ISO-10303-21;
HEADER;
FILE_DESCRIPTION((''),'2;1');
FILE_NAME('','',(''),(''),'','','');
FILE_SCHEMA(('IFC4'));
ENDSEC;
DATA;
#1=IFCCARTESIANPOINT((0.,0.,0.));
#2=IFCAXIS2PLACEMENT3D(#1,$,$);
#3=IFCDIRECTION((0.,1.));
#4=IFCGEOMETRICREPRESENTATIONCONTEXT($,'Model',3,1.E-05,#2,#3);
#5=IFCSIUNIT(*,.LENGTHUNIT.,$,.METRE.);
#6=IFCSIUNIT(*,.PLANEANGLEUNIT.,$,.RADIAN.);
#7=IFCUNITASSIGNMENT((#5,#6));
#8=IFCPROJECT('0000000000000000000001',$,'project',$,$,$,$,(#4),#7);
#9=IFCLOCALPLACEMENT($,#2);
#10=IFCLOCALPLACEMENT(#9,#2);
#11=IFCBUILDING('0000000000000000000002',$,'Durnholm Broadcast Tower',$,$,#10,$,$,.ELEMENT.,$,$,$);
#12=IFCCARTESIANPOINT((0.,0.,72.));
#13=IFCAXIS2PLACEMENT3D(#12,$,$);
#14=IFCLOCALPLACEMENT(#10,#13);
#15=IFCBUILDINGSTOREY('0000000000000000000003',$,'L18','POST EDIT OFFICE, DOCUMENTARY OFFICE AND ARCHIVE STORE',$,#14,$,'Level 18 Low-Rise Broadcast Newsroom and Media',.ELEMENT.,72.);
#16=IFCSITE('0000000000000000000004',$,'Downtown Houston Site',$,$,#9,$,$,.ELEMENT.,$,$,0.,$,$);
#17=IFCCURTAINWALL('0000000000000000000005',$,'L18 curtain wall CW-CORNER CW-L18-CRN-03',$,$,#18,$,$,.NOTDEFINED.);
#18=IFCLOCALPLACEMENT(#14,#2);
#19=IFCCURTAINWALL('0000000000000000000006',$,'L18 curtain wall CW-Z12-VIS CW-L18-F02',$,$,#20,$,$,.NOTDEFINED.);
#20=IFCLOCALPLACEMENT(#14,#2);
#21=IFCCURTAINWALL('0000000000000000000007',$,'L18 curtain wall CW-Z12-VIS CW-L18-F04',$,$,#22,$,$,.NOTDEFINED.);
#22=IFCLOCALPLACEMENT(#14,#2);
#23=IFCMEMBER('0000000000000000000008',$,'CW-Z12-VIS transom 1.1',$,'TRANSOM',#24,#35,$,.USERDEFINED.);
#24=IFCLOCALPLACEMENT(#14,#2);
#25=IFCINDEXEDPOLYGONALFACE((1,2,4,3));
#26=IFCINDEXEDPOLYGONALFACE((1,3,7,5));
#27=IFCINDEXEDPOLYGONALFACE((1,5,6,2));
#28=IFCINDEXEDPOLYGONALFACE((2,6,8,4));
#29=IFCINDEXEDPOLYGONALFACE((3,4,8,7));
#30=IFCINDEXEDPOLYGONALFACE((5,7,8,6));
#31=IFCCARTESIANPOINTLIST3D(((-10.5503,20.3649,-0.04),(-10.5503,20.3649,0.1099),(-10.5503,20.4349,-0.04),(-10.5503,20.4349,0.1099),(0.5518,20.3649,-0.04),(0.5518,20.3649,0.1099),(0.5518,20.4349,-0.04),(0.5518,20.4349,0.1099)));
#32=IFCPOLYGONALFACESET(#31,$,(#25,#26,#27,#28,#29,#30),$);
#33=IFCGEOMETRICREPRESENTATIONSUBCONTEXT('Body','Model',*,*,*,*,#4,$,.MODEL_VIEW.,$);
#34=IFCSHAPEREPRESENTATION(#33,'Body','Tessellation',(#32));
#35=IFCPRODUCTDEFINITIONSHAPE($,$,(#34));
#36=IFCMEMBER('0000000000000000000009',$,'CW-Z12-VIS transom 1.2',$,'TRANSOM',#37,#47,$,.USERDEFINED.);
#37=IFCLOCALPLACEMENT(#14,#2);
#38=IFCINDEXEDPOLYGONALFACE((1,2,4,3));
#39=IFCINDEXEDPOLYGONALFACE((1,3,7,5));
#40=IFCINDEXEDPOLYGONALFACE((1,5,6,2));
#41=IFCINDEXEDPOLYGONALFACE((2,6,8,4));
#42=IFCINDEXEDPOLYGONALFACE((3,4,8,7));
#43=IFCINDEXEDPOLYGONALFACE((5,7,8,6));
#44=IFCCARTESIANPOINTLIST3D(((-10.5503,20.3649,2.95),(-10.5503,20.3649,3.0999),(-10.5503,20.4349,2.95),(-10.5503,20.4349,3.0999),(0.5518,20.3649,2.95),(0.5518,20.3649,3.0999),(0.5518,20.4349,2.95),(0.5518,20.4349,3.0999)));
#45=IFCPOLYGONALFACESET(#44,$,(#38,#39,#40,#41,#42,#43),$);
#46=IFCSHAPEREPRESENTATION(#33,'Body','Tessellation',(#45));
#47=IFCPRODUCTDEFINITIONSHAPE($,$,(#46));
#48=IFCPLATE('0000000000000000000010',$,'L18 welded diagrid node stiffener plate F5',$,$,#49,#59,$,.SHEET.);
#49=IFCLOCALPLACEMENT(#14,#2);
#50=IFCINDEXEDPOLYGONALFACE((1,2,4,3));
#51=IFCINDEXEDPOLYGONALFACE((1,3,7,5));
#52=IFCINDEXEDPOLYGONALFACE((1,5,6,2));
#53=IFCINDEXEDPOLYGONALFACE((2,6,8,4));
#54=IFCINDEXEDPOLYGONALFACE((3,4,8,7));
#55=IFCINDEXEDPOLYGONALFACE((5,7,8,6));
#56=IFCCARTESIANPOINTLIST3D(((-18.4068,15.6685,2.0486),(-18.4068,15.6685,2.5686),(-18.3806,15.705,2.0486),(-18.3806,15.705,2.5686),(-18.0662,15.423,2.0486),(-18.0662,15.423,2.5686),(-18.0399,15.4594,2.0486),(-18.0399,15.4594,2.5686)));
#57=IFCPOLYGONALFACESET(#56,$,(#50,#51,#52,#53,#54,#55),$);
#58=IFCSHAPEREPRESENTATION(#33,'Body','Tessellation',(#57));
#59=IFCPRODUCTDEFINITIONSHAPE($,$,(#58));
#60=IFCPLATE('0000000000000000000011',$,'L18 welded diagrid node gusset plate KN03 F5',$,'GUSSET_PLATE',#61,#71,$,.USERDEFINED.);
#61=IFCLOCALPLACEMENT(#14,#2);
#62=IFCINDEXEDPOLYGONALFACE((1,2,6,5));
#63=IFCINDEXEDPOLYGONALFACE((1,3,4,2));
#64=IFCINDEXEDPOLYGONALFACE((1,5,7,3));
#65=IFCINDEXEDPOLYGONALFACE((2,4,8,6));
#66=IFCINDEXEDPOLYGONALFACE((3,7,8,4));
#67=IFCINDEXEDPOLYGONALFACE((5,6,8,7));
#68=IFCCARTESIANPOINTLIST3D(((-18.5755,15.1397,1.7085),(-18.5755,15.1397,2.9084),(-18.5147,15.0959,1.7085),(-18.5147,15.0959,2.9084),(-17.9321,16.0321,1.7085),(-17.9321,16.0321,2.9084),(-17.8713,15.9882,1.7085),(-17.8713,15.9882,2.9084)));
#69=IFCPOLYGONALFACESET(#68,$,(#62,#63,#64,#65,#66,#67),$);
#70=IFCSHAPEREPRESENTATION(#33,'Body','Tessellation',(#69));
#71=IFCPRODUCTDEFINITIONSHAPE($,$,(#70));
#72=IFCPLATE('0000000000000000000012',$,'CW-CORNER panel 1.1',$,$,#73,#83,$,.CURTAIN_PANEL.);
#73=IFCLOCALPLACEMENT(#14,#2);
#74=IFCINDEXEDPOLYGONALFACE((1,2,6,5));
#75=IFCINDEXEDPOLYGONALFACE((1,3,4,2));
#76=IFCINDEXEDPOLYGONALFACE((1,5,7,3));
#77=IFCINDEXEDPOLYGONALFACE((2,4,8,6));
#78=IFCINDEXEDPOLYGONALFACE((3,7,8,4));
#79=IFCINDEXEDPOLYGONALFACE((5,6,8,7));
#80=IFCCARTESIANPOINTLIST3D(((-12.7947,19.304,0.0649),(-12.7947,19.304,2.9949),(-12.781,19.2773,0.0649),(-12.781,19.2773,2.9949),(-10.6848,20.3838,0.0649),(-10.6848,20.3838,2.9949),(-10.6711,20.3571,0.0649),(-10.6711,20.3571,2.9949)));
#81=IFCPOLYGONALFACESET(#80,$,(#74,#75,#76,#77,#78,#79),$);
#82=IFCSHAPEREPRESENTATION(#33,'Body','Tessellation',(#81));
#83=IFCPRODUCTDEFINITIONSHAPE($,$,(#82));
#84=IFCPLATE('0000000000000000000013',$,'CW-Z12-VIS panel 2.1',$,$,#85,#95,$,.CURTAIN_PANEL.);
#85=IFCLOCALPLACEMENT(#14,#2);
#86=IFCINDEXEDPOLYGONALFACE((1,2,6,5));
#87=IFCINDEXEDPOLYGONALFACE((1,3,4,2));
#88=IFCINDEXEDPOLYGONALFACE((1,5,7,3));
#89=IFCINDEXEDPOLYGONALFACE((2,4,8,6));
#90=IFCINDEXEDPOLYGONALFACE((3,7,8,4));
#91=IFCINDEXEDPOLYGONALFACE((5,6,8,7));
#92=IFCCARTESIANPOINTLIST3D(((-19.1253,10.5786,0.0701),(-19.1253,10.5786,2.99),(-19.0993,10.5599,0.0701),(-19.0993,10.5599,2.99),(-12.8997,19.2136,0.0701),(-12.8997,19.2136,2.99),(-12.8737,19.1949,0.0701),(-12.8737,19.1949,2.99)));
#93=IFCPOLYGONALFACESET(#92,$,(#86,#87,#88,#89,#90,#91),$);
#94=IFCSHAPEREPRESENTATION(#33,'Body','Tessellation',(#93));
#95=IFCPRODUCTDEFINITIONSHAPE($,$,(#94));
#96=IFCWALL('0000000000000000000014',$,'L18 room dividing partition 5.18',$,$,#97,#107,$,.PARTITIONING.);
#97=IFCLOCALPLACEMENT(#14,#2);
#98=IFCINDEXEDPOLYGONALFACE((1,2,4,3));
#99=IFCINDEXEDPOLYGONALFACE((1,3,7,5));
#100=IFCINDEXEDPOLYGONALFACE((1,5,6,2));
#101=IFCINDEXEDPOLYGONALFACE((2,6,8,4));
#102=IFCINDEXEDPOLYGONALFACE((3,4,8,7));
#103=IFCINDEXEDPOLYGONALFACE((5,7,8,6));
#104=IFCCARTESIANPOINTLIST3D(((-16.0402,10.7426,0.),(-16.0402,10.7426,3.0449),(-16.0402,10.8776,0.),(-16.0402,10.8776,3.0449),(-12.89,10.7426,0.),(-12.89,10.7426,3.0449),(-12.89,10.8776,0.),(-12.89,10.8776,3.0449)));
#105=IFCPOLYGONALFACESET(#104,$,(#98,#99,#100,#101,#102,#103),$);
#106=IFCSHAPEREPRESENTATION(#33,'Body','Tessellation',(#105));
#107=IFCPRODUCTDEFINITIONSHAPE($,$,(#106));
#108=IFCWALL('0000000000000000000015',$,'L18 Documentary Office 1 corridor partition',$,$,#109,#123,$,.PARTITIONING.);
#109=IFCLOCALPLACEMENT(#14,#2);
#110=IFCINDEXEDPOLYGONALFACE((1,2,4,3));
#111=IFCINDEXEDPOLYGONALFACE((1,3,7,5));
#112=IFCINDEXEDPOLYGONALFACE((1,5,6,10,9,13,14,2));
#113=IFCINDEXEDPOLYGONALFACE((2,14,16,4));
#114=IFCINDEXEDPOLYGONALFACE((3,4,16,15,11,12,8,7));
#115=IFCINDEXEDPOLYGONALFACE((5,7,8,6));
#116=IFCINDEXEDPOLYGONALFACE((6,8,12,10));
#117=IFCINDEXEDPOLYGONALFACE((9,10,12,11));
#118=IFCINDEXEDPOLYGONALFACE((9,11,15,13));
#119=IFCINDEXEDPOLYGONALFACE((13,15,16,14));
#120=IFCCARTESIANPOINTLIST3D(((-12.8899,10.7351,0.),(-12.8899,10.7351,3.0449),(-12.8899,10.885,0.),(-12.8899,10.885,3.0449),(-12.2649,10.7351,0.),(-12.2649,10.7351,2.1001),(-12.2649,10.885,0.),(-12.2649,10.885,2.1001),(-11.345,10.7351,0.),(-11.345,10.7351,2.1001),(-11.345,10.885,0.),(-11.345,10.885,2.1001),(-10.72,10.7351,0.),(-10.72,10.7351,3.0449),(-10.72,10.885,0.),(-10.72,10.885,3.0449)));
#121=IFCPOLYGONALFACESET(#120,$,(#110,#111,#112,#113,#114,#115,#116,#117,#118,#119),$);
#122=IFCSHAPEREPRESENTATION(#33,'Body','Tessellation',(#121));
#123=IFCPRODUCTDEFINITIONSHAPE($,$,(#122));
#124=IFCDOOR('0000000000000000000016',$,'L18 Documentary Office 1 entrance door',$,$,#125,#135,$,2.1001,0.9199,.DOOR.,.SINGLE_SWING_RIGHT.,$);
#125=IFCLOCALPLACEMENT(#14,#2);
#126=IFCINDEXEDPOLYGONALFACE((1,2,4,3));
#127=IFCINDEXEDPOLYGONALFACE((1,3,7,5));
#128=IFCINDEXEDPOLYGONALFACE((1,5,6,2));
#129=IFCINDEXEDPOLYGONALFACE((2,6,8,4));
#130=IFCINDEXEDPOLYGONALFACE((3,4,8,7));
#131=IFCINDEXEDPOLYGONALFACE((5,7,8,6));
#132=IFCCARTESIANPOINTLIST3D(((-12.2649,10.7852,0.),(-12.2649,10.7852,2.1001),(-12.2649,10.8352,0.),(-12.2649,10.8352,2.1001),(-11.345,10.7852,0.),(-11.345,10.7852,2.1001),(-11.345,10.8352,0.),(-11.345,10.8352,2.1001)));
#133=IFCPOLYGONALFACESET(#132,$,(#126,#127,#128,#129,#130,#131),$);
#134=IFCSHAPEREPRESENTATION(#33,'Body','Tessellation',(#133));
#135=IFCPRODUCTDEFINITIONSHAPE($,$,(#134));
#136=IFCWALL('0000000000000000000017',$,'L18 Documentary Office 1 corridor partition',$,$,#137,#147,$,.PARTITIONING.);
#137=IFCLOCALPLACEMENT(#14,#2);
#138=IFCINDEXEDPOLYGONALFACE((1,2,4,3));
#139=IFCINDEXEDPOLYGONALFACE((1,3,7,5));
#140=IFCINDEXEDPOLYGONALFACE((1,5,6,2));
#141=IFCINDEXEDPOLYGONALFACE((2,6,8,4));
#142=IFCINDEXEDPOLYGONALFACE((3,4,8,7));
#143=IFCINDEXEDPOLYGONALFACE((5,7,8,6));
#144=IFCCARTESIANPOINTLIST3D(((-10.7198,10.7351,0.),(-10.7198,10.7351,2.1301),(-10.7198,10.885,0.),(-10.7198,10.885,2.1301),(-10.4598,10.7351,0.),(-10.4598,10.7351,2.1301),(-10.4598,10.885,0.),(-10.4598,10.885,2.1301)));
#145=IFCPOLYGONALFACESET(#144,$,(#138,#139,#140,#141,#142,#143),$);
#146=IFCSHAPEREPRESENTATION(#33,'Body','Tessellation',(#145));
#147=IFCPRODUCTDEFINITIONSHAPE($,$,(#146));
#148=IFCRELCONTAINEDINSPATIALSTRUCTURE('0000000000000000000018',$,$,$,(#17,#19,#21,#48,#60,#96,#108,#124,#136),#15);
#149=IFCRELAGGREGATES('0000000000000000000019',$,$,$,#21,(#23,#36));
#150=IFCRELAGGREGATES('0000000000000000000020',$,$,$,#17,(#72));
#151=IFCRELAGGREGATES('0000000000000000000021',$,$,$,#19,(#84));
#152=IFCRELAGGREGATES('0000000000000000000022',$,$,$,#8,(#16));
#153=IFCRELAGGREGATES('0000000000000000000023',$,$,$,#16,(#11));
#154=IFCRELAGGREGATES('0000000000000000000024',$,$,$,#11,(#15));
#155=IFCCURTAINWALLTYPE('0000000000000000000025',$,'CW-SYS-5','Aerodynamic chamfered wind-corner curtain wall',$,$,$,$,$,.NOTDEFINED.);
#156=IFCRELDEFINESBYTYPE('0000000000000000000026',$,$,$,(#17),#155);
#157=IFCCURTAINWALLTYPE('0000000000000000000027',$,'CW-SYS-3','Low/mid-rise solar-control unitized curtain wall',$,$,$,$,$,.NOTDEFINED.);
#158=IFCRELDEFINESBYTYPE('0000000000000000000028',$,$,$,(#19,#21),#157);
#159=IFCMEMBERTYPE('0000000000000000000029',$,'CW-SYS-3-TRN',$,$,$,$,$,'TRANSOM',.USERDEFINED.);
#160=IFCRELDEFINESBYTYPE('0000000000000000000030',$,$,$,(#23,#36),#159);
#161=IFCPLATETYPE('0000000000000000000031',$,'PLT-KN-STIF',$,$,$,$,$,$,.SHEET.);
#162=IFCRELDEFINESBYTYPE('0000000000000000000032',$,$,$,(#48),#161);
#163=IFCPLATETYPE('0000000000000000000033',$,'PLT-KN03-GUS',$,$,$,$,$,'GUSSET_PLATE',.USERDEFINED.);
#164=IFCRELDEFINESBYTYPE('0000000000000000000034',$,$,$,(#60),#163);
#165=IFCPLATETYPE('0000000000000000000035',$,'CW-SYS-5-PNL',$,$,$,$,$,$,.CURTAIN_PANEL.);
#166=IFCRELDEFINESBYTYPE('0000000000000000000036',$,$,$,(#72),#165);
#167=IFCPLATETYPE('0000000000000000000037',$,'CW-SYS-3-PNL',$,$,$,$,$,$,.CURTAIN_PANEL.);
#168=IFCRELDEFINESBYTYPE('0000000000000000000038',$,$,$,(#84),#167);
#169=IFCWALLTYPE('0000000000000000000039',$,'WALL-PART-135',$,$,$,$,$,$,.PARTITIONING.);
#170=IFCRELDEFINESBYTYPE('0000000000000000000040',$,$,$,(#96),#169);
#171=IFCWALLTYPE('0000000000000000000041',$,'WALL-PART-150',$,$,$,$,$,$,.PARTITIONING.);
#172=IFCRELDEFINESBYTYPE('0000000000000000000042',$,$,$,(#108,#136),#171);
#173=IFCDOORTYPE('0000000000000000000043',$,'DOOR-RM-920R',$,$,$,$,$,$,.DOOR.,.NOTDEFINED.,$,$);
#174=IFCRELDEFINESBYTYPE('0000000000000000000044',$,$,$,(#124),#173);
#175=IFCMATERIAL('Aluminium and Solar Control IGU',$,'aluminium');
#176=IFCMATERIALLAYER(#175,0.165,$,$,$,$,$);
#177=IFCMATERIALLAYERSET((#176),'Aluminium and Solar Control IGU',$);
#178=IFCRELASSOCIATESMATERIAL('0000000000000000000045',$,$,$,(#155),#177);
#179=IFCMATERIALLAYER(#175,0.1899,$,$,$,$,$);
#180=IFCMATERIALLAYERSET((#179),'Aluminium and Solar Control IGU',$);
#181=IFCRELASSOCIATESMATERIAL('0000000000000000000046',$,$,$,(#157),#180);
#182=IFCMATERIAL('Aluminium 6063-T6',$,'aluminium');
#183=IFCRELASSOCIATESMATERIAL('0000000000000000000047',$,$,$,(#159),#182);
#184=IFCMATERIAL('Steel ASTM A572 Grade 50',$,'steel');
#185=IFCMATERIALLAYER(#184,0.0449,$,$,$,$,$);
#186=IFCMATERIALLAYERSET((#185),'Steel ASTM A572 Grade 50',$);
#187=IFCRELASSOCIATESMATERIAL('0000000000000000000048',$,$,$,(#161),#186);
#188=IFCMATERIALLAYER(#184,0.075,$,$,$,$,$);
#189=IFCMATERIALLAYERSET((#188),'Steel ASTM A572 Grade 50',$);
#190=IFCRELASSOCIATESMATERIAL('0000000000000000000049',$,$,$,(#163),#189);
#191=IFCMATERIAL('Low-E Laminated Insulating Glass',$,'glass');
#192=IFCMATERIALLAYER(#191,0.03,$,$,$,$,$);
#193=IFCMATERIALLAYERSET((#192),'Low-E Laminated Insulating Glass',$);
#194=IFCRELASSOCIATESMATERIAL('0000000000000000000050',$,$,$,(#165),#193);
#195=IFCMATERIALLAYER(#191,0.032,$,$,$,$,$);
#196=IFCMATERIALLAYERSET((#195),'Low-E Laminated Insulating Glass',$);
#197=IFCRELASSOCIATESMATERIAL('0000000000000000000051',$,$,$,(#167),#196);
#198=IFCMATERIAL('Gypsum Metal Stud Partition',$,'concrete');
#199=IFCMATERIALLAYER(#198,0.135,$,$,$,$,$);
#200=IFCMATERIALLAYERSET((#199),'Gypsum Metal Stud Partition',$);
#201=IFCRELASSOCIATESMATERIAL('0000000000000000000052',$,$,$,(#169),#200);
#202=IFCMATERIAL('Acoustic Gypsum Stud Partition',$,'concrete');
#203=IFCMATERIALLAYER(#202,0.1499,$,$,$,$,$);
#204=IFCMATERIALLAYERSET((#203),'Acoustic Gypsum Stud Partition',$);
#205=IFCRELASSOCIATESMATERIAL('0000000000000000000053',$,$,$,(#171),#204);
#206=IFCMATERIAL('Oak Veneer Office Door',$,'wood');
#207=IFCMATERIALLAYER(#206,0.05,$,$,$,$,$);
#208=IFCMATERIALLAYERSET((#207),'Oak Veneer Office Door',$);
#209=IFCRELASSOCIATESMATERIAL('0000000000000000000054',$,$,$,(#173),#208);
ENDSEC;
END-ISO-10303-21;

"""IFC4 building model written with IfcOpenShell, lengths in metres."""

from ifc_helpers import new_model, si_unit, direction, frame, frame_2d, origin, origin_2d, place, context, subcontext, project, spatial, rectangle, extrude, source, transform, mapped, material, layer, layer_set, material_profile, profile_set, type_object, type_shapes, element, fill, aggregate, save


model = new_model("IFC4")

# Units and contexts
model_context = context("Model", 3, precision=1e-05, world=origin(), true_north=direction((0.0, 1.0)))
body_context = subcontext(model_context, "Body", "Model", "MODEL_VIEW")
ifc_project = project(units=[si_unit("LENGTHUNIT", "METRE"), si_unit("PLANEANGLEUNIT", "RADIAN")], contexts=[model_context])

# Site, building, storey
site_placement = place(None, origin())
site = spatial("IfcSite", under=ifc_project, at=site_placement, Name="Downtown Houston Site", CompositionType="ELEMENT", RefElevation=0.0)
building_placement = place(site_placement, origin())
building = spatial("IfcBuilding", under=site, at=building_placement, Name="Durnholm Broadcast Tower", CompositionType="ELEMENT")
storey_placement = place(building_placement, frame((0.0, 0.0, 72.0)))
storey = spatial("IfcBuildingStorey", under=building, at=storey_placement, Name="L18", Description="POST EDIT OFFICE, DOCUMENTARY OFFICE AND ARCHIVE STORE", LongName="Level 18 Low-Rise Broadcast Newsroom and Media", CompositionType="ELEMENT", Elevation=72.0)

# Curtain wall
ifc_material_1 = material(Name="Aluminium and Solar Control IGU", Category="aluminium")
ifc_layer_1 = layer(ifc_material_1, 0.165)
ifc_layer_set_1 = layer_set([ifc_layer_1], Name="Aluminium and Solar Control IGU")
curtain_wall_type_1 = type_object("IfcCurtainWallType", Name="CW-SYS-5", Description="Aerodynamic chamfered wind-corner curtain wall", PredefinedType="NOTDEFINED", material=ifc_layer_set_1)
curtain_wall_1_placement = place(storey_placement, origin())
curtain_wall_1 = element("IfcCurtainWall", 1, at=curtain_wall_1_placement, inside=storey, type_object=curtain_wall_type_1, Name="L18 curtain wall CW-CORNER CW-L18-CRN-03", PredefinedType="NOTDEFINED")
ifc_material_2 = material(Name="Aluminium 6063-T6", Category="aluminium")

# Curtain wall
ifc_layer_2 = layer(ifc_material_1, 0.1899)
ifc_layer_set_2 = layer_set([ifc_layer_2], Name="Aluminium and Solar Control IGU")
curtain_wall_type_2 = type_object("IfcCurtainWallType", Name="CW-SYS-3", Description="Low/mid-rise solar-control unitized curtain wall", PredefinedType="NOTDEFINED", material=ifc_layer_set_2)
curtain_wall_2_placement = place(storey_placement, origin())
curtain_wall_2 = element("IfcCurtainWall", 2, at=curtain_wall_2_placement, inside=storey, type_object=curtain_wall_type_2, Name="L18 curtain wall CW-Z12-VIS CW-L18-F02", PredefinedType="NOTDEFINED")

# Curtain wall, members
curtain_wall_3_placement = place(storey_placement, origin())
curtain_wall_3 = element("IfcCurtainWall", 3, at=curtain_wall_3_placement, inside=storey, type_object=curtain_wall_type_2, Name="L18 curtain wall CW-Z12-VIS CW-L18-F04", PredefinedType="NOTDEFINED")
ifc_material_profile_1 = material_profile(ifc_material_2, rectangle(XDim=0.0701, YDim=0.1499, at=origin_2d()), Name="CWT70X150")
ifc_profile_set_1 = profile_set([ifc_material_profile_1], Name="Aluminium 6063-T6")
member_type_1 = type_object("IfcMemberType", Name="CW-SYS-3-TRN", ElementType="TRANSOM", PredefinedType="USERDEFINED", material=ifc_profile_set_1)
shared_shape_1 = source(origin(), body_context, "Body", "SweptSolid", [
    extrude(rectangle(XDim=0.0701, YDim=0.1499, at=origin_2d()), origin(), (0.0, 0.0, 1.0), 11.1021),
])
type_shapes(member_type_1, [shared_shape_1])
member_1_placement = place(storey_placement, frame((-10.5503, 20.3999, 0.0349), z_axis=(1.0, 0.0, 0.0), x_axis=(0.0, 1.0, 0.0)))
member_1 = element("IfcMember", 4, at=member_1_placement, type_object=member_type_1, Name="CW-Z12-VIS transom 1.1", ObjectType="TRANSOM", PredefinedType="USERDEFINED", context=body_context, shape_type="MappedRepresentation", body=[
    mapped(shared_shape_1, transform((0.0, 0.0, 0.0), x_axis=(1.0, 0.0, 0.0), y_axis=(0.0, 1.0, 0.0), z_axis=(0.0, 0.0, 1.0), scale=1.0)),
])
member_2_placement = place(storey_placement, frame((-10.5503, 20.3999, 3.0249), z_axis=(1.0, 0.0, 0.0), x_axis=(0.0, 1.0, 0.0)))
member_2 = element("IfcMember", 5, at=member_2_placement, type_object=member_type_1, Name="CW-Z12-VIS transom 1.2", ObjectType="TRANSOM", PredefinedType="USERDEFINED", context=body_context, shape_type="MappedRepresentation", body=[
    mapped(shared_shape_1, transform((0.0, 0.0, 0.0), x_axis=(1.0, 0.0, 0.0), y_axis=(0.0, 1.0, 0.0), z_axis=(0.0, 0.0, 1.0), scale=1.0)),
])
aggregate(curtain_wall_3, [member_1, member_2])

# Plates
ifc_material_3 = material(Name="Steel ASTM A572 Grade 50", Category="steel")
ifc_layer_3 = layer(ifc_material_3, 0.0449)
ifc_layer_set_3 = layer_set([ifc_layer_3], Name="Steel ASTM A572 Grade 50")
plate_type_1 = type_object("IfcPlateType", Name="PLT-KN-STIF", PredefinedType="SHEET", material=ifc_layer_set_3)
shared_shape_2 = source(origin(), body_context, "Body", "SweptSolid", [
    extrude(rectangle(XDim=0.0449, YDim=0.4199, at=origin_2d()), origin(), (0.0, 0.0, 1.0), 0.52),
])
type_shapes(plate_type_1, [shared_shape_2])
plate_1_placement = place(storey_placement, frame((-18.2234, 15.564, 2.0486), z_axis=(0.0, 0.0, 1.0), x_axis=(-0.584816, -0.811166, 0.0)))
element("IfcPlate", 6, at=plate_1_placement, inside=storey, type_object=plate_type_1, Name="L18 welded diagrid node stiffener plate F5", PredefinedType="SHEET", context=body_context, shape_type="MappedRepresentation", body=[
    mapped(shared_shape_2, transform((0.0, 0.0, 0.0), x_axis=(1.0, 0.0, 0.0), y_axis=(0.0, 1.0, 0.0), z_axis=(0.0, 0.0, 1.0), scale=1.0)),
])
ifc_layer_4 = layer(ifc_material_3, 0.075)
ifc_layer_set_4 = layer_set([ifc_layer_4], Name="Steel ASTM A572 Grade 50")
plate_type_2 = type_object("IfcPlateType", Name="PLT-KN03-GUS", ElementType="GUSSET_PLATE", PredefinedType="USERDEFINED", material=ifc_layer_set_4)
shared_shape_3 = source(origin(), body_context, "Body", "SweptSolid", [
    extrude(rectangle(XDim=1.1001, YDim=0.075, at=origin_2d()), origin(), (0.0, 0.0, 1.0), 1.2),
])
type_shapes(plate_type_2, [shared_shape_3])
plate_2_placement = place(storey_placement, frame((-18.2234, 15.564, 1.7085), z_axis=(0.0, 0.0, 1.0), x_axis=(-0.584816, -0.811166, 0.0)))
element("IfcPlate", 7, at=plate_2_placement, inside=storey, type_object=plate_type_2, Name="L18 welded diagrid node gusset plate KN03 F5", ObjectType="GUSSET_PLATE", PredefinedType="USERDEFINED", context=body_context, shape_type="MappedRepresentation", body=[
    mapped(shared_shape_3, transform((0.0, 0.0, 0.0), x_axis=(1.0, 0.0, 0.0), y_axis=(0.0, 1.0, 0.0), z_axis=(0.0, 0.0, 1.0), scale=1.0)),
])

# Plates
ifc_material_4 = material(Name="Low-E Laminated Insulating Glass", Category="glass")
ifc_layer_5 = layer(ifc_material_4, 0.03)
ifc_layer_set_5 = layer_set([ifc_layer_5], Name="Low-E Laminated Insulating Glass")
plate_type_3 = type_object("IfcPlateType", Name="CW-SYS-5-PNL", PredefinedType="CURTAIN_PANEL", material=ifc_layer_set_5)
shared_shape_4 = source(origin(), body_context, "Body", "SweptSolid", [
    extrude(rectangle(XDim=2.3701, YDim=0.03, at=origin_2d()), origin(), (0.0, 0.0, 1.0), 2.9299),
])
type_shapes(plate_type_3, [shared_shape_4])
plate_3_placement = place(storey_placement, frame((-11.7329, 19.8306, 0.0649), z_axis=(0.0, 0.0, 1.0), x_axis=(0.890188, 0.455594, 0.0)))
plate_3 = element("IfcPlate", 8, at=plate_3_placement, type_object=plate_type_3, Name="CW-CORNER panel 1.1", PredefinedType="CURTAIN_PANEL", context=body_context, shape_type="MappedRepresentation", body=[
    mapped(shared_shape_4, transform((0.0, 0.0, 0.0), x_axis=(1.0, 0.0, 0.0), y_axis=(0.0, 1.0, 0.0), z_axis=(0.0, 0.0, 1.0), scale=1.0)),
])
aggregate(curtain_wall_1, [plate_3])
ifc_layer_6 = layer(ifc_material_4, 0.032)
ifc_layer_set_6 = layer_set([ifc_layer_6], Name="Low-E Laminated Insulating Glass")
plate_type_4 = type_object("IfcPlateType", Name="CW-SYS-3-PNL", PredefinedType="CURTAIN_PANEL", material=ifc_layer_set_6)
shared_shape_5 = source(origin(), body_context, "Body", "SweptSolid", [
    extrude(rectangle(XDim=10.6453, YDim=0.032, at=origin_2d()), origin(), (0.0, 0.0, 1.0), 2.9199),
])
type_shapes(plate_type_4, [shared_shape_5])
plate_4_placement = place(storey_placement, frame((-15.9995, 14.8867, 0.0701), z_axis=(0.0, 0.0, 1.0), x_axis=(0.584823, 0.811161, 0.0)))
plate_4 = element("IfcPlate", 9, at=plate_4_placement, type_object=plate_type_4, Name="CW-Z12-VIS panel 2.1", PredefinedType="CURTAIN_PANEL", context=body_context, shape_type="MappedRepresentation", body=[
    mapped(shared_shape_5, transform((0.0, 0.0, 0.0), x_axis=(1.0, 0.0, 0.0), y_axis=(0.0, 1.0, 0.0), z_axis=(0.0, 0.0, 1.0), scale=1.0)),
])
aggregate(curtain_wall_2, [plate_4])

# Wall
ifc_material_5 = material(Name="Gypsum Metal Stud Partition", Category="concrete")
ifc_layer_7 = layer(ifc_material_5, 0.135)
ifc_layer_set_7 = layer_set([ifc_layer_7], Name="Gypsum Metal Stud Partition")
wall_type_1 = type_object("IfcWallType", Name="WALL-PART-135", PredefinedType="PARTITIONING", material=ifc_layer_set_7)
wall_1_placement = place(storey_placement, frame((-12.8899, 10.8101, 0.0), z_axis=(0.0, 0.0, 1.0), x_axis=(-1.0, 0.0, 0.0)))
element("IfcWall", 10, at=wall_1_placement, inside=storey, type_object=wall_type_1, Name="L18 room dividing partition 5.18", PredefinedType="PARTITIONING", context=body_context, shape_type="SweptSolid", body=[
    extrude(rectangle(XDim=3.1501, YDim=0.135, at=frame_2d((1.5752, 0.0))), origin(), (0.0, 0.0, 1.0), 3.0449),
])

# Wall, opening, door
ifc_material_6 = material(Name="Acoustic Gypsum Stud Partition", Category="concrete")
ifc_layer_8 = layer(ifc_material_6, 0.1499)
ifc_layer_set_8 = layer_set([ifc_layer_8], Name="Acoustic Gypsum Stud Partition")
wall_type_2 = type_object("IfcWallType", Name="WALL-PART-150", PredefinedType="PARTITIONING", material=ifc_layer_set_8)
wall_2_placement = place(storey_placement, frame((-10.72, 10.8101, 0.0), z_axis=(0.0, 0.0, 1.0), x_axis=(-1.0, 0.0, 0.0)))
wall_2 = element("IfcWall", 11, at=wall_2_placement, inside=storey, type_object=wall_type_2, Name="L18 Documentary Office 1 corridor partition", PredefinedType="PARTITIONING", context=body_context, shape_type="SweptSolid", body=[
    extrude(rectangle(XDim=2.1699, YDim=0.1499, at=frame_2d((1.085, 0.0))), origin(), (0.0, 0.0, 1.0), 3.0449),
])
opening_placement = place(wall_2_placement, frame((0.625, 0.0, 0.0)))
opening = element("IfcOpeningElement", 12, at=opening_placement, cuts=wall_2, PredefinedType="OPENING", context=body_context, shape_type="SweptSolid", body=[
    extrude(rectangle(XDim=0.9199, YDim=2.1001, at=frame_2d((0.46, 1.05))), frame((0.0, 0.085, 0.0), z_axis=(0.0, -1.0, 0.0), x_axis=(1.0, 0.0, 0.0)), (0.0, 0.0, 1.0), 0.1699),
])
ifc_material_7 = material(Name="Oak Veneer Office Door", Category="wood")
ifc_layer_9 = layer(ifc_material_7, 0.05)
ifc_layer_set_9 = layer_set([ifc_layer_9], Name="Oak Veneer Office Door")
door_type = type_object("IfcDoorType", Name="DOOR-RM-920R", OperationType="NOTDEFINED", PredefinedType="DOOR", material=ifc_layer_set_9)
shared_shape_6 = source(origin(), body_context, "Body", "SweptSolid", [
    extrude(rectangle(XDim=0.9199, YDim=2.1001, at=frame_2d((0.46, 1.05))), frame((0.0, 0.0249, 0.0), z_axis=(0.0, -1.0, 0.0), x_axis=(1.0, 0.0, 0.0)), (0.0, 0.0, 1.0), 0.05),
])
type_shapes(door_type, [shared_shape_6])
door_placement = place(opening_placement, origin())
door = element("IfcDoor", 13, at=door_placement, inside=storey, type_object=door_type, Name="L18 Documentary Office 1 entrance door", OperationType="SINGLE_SWING_RIGHT", OverallHeight=2.1001, OverallWidth=0.9199, PredefinedType="DOOR", context=body_context, shape_type="MappedRepresentation", body=[
    mapped(shared_shape_6, transform((0.0, 0.0, 0.0), x_axis=(1.0, 0.0, 0.0), y_axis=(0.0, 1.0, 0.0), z_axis=(0.0, 0.0, 1.0), scale=1.0)),
])
fill(opening, door)

# Wall
wall_3_placement = place(storey_placement, frame((-10.46, 10.8101, 0.0), z_axis=(0.0, 0.0, 1.0), x_axis=(-1.0, 0.0, 0.0)))
element("IfcWall", 14, at=wall_3_placement, inside=storey, type_object=wall_type_2, Name="L18 Documentary Office 1 corridor partition", PredefinedType="PARTITIONING", context=body_context, shape_type="SweptSolid", body=[
    extrude(rectangle(XDim=0.26, YDim=0.1499, at=frame_2d((0.1299, 0.0))), origin(), (0.0, 0.0, 1.0), 2.1301),
])

save(model, "model.ifc")
